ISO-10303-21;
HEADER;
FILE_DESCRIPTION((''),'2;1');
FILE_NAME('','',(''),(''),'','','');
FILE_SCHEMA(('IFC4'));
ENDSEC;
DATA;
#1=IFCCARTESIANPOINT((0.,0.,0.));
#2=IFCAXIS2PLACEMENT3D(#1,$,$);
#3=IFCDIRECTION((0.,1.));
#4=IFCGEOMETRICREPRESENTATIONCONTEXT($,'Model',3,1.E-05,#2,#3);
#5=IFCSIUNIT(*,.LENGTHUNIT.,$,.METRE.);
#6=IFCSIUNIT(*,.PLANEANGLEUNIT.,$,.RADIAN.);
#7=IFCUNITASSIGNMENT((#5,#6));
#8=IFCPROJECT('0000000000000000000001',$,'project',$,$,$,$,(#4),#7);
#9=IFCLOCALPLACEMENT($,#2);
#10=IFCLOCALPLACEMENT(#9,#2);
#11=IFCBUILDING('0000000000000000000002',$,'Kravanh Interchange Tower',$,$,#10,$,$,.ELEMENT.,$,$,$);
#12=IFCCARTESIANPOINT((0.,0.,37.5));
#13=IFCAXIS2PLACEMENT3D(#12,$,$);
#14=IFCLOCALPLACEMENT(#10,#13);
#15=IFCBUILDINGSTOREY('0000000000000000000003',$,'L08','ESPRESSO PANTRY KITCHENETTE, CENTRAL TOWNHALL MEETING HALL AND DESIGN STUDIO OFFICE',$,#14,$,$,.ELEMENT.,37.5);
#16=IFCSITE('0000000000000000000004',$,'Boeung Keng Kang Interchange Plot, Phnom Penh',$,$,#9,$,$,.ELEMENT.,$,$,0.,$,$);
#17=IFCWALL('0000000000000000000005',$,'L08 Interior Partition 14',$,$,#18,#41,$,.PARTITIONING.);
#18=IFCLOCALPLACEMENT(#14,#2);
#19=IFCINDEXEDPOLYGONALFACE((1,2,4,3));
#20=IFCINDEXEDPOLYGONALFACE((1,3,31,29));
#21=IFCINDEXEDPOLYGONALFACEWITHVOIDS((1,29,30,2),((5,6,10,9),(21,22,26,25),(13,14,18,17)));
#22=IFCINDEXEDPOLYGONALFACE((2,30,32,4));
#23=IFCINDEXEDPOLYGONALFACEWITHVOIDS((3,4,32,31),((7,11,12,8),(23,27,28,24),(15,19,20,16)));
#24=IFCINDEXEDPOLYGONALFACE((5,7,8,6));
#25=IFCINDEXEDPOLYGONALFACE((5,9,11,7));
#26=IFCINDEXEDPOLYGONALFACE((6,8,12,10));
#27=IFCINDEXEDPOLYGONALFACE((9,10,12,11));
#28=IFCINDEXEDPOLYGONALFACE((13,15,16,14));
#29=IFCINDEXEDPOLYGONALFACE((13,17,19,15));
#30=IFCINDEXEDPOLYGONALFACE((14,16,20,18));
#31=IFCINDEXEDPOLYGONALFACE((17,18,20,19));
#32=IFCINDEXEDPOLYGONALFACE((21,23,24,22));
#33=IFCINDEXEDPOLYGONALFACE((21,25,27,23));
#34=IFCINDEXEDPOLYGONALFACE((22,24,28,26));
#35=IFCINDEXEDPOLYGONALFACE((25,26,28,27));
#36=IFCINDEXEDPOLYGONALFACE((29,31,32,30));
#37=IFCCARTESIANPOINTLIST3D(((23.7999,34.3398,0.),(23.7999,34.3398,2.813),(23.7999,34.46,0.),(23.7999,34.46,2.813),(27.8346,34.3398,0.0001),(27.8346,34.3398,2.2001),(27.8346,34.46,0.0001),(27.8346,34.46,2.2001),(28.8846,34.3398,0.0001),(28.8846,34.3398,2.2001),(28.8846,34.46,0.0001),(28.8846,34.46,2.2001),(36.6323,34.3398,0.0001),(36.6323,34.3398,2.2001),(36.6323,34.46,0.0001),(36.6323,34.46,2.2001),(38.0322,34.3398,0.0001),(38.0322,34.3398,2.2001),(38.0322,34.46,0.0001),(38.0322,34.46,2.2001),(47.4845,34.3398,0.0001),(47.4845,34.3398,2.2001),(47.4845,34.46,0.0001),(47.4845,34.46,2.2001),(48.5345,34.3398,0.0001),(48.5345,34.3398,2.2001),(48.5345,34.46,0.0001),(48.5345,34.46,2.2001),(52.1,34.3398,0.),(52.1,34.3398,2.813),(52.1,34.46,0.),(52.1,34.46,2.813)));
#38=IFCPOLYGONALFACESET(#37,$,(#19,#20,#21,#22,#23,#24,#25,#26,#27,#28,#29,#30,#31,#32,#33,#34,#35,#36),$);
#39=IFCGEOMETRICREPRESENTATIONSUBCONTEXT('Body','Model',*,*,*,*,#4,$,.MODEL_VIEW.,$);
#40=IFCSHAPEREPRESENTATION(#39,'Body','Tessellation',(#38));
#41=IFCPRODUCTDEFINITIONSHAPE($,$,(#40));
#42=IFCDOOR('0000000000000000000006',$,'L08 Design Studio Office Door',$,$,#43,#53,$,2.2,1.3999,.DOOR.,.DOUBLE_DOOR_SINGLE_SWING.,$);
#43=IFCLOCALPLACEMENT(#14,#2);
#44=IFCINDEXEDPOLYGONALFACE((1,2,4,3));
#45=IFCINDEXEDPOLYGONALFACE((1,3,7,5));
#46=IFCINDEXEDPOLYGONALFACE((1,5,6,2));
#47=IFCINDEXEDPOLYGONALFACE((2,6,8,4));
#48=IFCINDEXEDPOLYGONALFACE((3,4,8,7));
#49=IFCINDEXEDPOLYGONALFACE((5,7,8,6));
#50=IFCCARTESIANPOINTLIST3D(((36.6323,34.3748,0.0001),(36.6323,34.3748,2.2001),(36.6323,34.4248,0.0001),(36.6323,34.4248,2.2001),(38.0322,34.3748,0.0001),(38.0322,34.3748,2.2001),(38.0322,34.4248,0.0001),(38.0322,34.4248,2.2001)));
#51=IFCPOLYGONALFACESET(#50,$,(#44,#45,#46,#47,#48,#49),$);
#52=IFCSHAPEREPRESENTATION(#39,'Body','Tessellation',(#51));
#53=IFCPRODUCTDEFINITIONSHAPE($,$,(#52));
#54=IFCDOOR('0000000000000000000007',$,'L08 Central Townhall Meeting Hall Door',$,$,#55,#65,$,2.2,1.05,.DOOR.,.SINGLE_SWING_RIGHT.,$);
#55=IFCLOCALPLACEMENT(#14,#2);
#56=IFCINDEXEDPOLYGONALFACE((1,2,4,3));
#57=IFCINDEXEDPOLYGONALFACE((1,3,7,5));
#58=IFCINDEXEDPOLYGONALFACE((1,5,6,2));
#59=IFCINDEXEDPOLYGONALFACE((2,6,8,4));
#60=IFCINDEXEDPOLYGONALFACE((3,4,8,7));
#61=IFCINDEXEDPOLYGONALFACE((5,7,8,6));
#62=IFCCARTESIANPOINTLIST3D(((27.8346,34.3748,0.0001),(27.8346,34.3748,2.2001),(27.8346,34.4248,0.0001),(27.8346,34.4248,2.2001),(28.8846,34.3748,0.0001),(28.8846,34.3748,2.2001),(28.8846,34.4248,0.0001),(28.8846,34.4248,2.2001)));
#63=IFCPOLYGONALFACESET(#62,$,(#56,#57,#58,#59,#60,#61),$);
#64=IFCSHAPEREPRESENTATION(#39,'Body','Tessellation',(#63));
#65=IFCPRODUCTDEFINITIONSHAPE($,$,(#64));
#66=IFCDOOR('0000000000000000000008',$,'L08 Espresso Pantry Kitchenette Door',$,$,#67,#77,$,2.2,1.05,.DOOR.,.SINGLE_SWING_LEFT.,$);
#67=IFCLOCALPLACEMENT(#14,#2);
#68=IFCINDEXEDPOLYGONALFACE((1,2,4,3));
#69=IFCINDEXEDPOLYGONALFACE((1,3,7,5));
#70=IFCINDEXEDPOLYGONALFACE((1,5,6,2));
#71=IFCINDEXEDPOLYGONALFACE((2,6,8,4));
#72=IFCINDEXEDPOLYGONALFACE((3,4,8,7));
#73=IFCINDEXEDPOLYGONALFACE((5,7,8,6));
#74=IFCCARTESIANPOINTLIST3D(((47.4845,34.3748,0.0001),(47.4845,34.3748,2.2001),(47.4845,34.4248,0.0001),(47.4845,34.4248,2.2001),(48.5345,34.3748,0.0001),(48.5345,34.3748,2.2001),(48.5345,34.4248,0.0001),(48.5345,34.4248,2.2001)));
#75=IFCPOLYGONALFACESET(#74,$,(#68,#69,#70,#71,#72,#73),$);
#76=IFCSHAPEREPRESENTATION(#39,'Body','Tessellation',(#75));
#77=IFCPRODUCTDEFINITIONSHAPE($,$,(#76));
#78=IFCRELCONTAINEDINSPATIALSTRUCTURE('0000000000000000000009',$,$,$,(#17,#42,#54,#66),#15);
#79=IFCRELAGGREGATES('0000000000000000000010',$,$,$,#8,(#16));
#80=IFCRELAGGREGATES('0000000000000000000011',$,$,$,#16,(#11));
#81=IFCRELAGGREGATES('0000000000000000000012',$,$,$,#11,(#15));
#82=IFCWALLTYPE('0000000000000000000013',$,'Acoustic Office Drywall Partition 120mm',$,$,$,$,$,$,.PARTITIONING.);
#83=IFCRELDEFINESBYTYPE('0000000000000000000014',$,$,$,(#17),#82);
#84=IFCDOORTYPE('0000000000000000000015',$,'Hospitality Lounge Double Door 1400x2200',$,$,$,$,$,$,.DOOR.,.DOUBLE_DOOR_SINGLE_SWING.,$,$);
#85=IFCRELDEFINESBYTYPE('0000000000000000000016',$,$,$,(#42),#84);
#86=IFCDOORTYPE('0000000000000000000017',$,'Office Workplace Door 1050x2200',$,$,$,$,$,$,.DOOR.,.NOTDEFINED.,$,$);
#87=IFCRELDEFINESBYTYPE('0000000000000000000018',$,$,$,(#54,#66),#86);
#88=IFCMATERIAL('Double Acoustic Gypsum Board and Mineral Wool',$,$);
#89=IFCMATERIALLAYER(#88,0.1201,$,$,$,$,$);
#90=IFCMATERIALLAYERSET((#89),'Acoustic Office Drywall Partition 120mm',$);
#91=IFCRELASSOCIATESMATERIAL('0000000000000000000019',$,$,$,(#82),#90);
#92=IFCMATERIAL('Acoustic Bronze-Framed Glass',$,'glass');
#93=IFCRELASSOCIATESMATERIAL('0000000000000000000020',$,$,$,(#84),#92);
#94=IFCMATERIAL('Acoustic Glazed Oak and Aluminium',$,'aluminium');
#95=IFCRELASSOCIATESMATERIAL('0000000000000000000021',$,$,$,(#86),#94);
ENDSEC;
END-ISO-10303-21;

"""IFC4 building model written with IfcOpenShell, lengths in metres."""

from ifc_helpers import new_model, si_unit, direction, frame, frame_2d, origin, place, context, subcontext, project, spatial, rectangle, extrude, material, layer, layer_set, type_object, element, fill, save


model = new_model("IFC4")

# Units and contexts
model_context = context("Model", 3, precision=1e-05, world=origin(), true_north=direction((0.0, 1.0)))
body_context = subcontext(model_context, "Body", "Model", "MODEL_VIEW")
ifc_project = project(units=[si_unit("LENGTHUNIT", "METRE"), si_unit("PLANEANGLEUNIT", "RADIAN")], contexts=[model_context])

# Site, building, storey
site_placement = place(None, origin())
site = spatial("IfcSite", under=ifc_project, at=site_placement, Name="Boeung Keng Kang Interchange Plot, Phnom Penh", CompositionType="ELEMENT", RefElevation=0.0)
building_placement = place(site_placement, origin())
building = spatial("IfcBuilding", under=site, at=building_placement, Name="Kravanh Interchange Tower", CompositionType="ELEMENT")
storey_placement = place(building_placement, frame((0.0, 0.0, 37.5)))
storey = spatial("IfcBuildingStorey", under=building, at=storey_placement, Name="L08", Description="ESPRESSO PANTRY KITCHENETTE, CENTRAL TOWNHALL MEETING HALL AND DESIGN STUDIO OFFICE", CompositionType="ELEMENT", Elevation=37.5)

# Wall, openings, doors
ifc_material_1 = material(Name="Double Acoustic Gypsum Board and Mineral Wool")
ifc_layer = layer(ifc_material_1, 0.1201)
ifc_layer_set = layer_set([ifc_layer], Name="Acoustic Office Drywall Partition 120mm")
wall_type = type_object("IfcWallType", Name="Acoustic Office Drywall Partition 120mm", PredefinedType="PARTITIONING", material=ifc_layer_set)
wall_placement = place(storey_placement, frame((23.8, 34.3999, 0.0), z_axis=(0.0, 0.0, 1.0), x_axis=(1.0, 0.0, 0.0)))
wall = element("IfcWall", 1, at=wall_placement, inside=storey, type_object=wall_type, Name="L08 Interior Partition 14", PredefinedType="PARTITIONING", context=body_context, shape_type="SweptSolid", body=[
    extrude(rectangle(XDim=28.3, YDim=0.1201, at=frame_2d((14.1499, 0.0))), origin(), (0.0, 0.0, 1.0), 2.813),
])
opening_1_placement = place(wall_placement, frame((4.0347, 0.0, 0.0)))
opening_1 = element("IfcOpeningElement", 2, at=opening_1_placement, cuts=wall, PredefinedType="OPENING", context=body_context, shape_type="SweptSolid", body=[
    extrude(rectangle(XDim=1.05, YDim=2.2, at=frame_2d((0.5249, 1.1001))), frame((0.0, 0.0701, 0.0), z_axis=(0.0, -1.0, 0.0), x_axis=(1.0, 0.0, 0.0)), (0.0, 0.0, 1.0), 0.1401),
])
opening_2_placement = place(wall_placement, frame((12.8323, 0.0, 0.0)))
opening_2 = element("IfcOpeningElement", 3, at=opening_2_placement, cuts=wall, PredefinedType="OPENING", context=body_context, shape_type="SweptSolid", body=[
    extrude(rectangle(XDim=1.3999, YDim=2.2, at=frame_2d((0.7, 1.1001))), frame((0.0, 0.0701, 0.0), z_axis=(0.0, -1.0, 0.0), x_axis=(1.0, 0.0, 0.0)), (0.0, 0.0, 1.0), 0.1401),
])
opening_3_placement = place(wall_placement, frame((23.6846, 0.0, 0.0)))
opening_3 = element("IfcOpeningElement", 4, at=opening_3_placement, cuts=wall, PredefinedType="OPENING", context=body_context, shape_type="SweptSolid", body=[
    extrude(rectangle(XDim=1.05, YDim=2.2, at=frame_2d((0.5249, 1.1001))), frame((0.0, 0.0701, 0.0), z_axis=(0.0, -1.0, 0.0), x_axis=(1.0, 0.0, 0.0)), (0.0, 0.0, 1.0), 0.1401),
])
ifc_material_2 = material(Name="Acoustic Bronze-Framed Glass", Category="glass")
door_type_1 = type_object("IfcDoorType", Name="Hospitality Lounge Double Door 1400x2200", OperationType="DOUBLE_DOOR_SINGLE_SWING", PredefinedType="DOOR", material=ifc_material_2)
door_1_placement = place(opening_2_placement, origin())
door_1 = element("IfcDoor", 5, at=door_1_placement, inside=storey, type_object=door_type_1, Name="L08 Design Studio Office Door", OperationType="DOUBLE_DOOR_SINGLE_SWING", OverallHeight=2.2, OverallWidth=1.3999, PredefinedType="DOOR", context=body_context, shape_type="SweptSolid", body=[
    extrude(rectangle(XDim=1.3999, YDim=2.2, at=frame_2d((0.7, 1.1001))), frame((0.0, 0.0249, 0.0), z_axis=(0.0, -1.0, 0.0), x_axis=(1.0, 0.0, 0.0)), (0.0, 0.0, 1.0), 0.05),
])
fill(opening_2, door_1)
ifc_material_3 = material(Name="Acoustic Glazed Oak and Aluminium", Category="aluminium")
door_type_2 = type_object("IfcDoorType", Name="Office Workplace Door 1050x2200", OperationType="NOTDEFINED", PredefinedType="DOOR", material=ifc_material_3)
door_2_placement = place(opening_1_placement, origin())
door_2 = element("IfcDoor", 6, at=door_2_placement, inside=storey, type_object=door_type_2, Name="L08 Central Townhall Meeting Hall Door", OperationType="SINGLE_SWING_RIGHT", OverallHeight=2.2, OverallWidth=1.05, PredefinedType="DOOR", context=body_context, shape_type="SweptSolid", body=[
    extrude(rectangle(XDim=1.05, YDim=2.2, at=frame_2d((0.5249, 1.1001))), frame((0.0, 0.0249, 0.0), z_axis=(0.0, -1.0, 0.0), x_axis=(1.0, 0.0, 0.0)), (0.0, 0.0, 1.0), 0.05),
])
fill(opening_1, door_2)
door_3_placement = place(opening_3_placement, origin())
door_3 = element("IfcDoor", 7, at=door_3_placement, inside=storey, type_object=door_type_2, Name="L08 Espresso Pantry Kitchenette Door", OperationType="SINGLE_SWING_LEFT", OverallHeight=2.2, OverallWidth=1.05, PredefinedType="DOOR", context=body_context, shape_type="SweptSolid", body=[
    extrude(rectangle(XDim=1.05, YDim=2.2, at=frame_2d((0.5249, 1.1001))), frame((0.0, 0.0249, 0.0), z_axis=(0.0, -1.0, 0.0), x_axis=(1.0, 0.0, 0.0)), (0.0, 0.0, 1.0), 0.05),
])
fill(opening_3, door_3)

save(model, "model.ifc")
